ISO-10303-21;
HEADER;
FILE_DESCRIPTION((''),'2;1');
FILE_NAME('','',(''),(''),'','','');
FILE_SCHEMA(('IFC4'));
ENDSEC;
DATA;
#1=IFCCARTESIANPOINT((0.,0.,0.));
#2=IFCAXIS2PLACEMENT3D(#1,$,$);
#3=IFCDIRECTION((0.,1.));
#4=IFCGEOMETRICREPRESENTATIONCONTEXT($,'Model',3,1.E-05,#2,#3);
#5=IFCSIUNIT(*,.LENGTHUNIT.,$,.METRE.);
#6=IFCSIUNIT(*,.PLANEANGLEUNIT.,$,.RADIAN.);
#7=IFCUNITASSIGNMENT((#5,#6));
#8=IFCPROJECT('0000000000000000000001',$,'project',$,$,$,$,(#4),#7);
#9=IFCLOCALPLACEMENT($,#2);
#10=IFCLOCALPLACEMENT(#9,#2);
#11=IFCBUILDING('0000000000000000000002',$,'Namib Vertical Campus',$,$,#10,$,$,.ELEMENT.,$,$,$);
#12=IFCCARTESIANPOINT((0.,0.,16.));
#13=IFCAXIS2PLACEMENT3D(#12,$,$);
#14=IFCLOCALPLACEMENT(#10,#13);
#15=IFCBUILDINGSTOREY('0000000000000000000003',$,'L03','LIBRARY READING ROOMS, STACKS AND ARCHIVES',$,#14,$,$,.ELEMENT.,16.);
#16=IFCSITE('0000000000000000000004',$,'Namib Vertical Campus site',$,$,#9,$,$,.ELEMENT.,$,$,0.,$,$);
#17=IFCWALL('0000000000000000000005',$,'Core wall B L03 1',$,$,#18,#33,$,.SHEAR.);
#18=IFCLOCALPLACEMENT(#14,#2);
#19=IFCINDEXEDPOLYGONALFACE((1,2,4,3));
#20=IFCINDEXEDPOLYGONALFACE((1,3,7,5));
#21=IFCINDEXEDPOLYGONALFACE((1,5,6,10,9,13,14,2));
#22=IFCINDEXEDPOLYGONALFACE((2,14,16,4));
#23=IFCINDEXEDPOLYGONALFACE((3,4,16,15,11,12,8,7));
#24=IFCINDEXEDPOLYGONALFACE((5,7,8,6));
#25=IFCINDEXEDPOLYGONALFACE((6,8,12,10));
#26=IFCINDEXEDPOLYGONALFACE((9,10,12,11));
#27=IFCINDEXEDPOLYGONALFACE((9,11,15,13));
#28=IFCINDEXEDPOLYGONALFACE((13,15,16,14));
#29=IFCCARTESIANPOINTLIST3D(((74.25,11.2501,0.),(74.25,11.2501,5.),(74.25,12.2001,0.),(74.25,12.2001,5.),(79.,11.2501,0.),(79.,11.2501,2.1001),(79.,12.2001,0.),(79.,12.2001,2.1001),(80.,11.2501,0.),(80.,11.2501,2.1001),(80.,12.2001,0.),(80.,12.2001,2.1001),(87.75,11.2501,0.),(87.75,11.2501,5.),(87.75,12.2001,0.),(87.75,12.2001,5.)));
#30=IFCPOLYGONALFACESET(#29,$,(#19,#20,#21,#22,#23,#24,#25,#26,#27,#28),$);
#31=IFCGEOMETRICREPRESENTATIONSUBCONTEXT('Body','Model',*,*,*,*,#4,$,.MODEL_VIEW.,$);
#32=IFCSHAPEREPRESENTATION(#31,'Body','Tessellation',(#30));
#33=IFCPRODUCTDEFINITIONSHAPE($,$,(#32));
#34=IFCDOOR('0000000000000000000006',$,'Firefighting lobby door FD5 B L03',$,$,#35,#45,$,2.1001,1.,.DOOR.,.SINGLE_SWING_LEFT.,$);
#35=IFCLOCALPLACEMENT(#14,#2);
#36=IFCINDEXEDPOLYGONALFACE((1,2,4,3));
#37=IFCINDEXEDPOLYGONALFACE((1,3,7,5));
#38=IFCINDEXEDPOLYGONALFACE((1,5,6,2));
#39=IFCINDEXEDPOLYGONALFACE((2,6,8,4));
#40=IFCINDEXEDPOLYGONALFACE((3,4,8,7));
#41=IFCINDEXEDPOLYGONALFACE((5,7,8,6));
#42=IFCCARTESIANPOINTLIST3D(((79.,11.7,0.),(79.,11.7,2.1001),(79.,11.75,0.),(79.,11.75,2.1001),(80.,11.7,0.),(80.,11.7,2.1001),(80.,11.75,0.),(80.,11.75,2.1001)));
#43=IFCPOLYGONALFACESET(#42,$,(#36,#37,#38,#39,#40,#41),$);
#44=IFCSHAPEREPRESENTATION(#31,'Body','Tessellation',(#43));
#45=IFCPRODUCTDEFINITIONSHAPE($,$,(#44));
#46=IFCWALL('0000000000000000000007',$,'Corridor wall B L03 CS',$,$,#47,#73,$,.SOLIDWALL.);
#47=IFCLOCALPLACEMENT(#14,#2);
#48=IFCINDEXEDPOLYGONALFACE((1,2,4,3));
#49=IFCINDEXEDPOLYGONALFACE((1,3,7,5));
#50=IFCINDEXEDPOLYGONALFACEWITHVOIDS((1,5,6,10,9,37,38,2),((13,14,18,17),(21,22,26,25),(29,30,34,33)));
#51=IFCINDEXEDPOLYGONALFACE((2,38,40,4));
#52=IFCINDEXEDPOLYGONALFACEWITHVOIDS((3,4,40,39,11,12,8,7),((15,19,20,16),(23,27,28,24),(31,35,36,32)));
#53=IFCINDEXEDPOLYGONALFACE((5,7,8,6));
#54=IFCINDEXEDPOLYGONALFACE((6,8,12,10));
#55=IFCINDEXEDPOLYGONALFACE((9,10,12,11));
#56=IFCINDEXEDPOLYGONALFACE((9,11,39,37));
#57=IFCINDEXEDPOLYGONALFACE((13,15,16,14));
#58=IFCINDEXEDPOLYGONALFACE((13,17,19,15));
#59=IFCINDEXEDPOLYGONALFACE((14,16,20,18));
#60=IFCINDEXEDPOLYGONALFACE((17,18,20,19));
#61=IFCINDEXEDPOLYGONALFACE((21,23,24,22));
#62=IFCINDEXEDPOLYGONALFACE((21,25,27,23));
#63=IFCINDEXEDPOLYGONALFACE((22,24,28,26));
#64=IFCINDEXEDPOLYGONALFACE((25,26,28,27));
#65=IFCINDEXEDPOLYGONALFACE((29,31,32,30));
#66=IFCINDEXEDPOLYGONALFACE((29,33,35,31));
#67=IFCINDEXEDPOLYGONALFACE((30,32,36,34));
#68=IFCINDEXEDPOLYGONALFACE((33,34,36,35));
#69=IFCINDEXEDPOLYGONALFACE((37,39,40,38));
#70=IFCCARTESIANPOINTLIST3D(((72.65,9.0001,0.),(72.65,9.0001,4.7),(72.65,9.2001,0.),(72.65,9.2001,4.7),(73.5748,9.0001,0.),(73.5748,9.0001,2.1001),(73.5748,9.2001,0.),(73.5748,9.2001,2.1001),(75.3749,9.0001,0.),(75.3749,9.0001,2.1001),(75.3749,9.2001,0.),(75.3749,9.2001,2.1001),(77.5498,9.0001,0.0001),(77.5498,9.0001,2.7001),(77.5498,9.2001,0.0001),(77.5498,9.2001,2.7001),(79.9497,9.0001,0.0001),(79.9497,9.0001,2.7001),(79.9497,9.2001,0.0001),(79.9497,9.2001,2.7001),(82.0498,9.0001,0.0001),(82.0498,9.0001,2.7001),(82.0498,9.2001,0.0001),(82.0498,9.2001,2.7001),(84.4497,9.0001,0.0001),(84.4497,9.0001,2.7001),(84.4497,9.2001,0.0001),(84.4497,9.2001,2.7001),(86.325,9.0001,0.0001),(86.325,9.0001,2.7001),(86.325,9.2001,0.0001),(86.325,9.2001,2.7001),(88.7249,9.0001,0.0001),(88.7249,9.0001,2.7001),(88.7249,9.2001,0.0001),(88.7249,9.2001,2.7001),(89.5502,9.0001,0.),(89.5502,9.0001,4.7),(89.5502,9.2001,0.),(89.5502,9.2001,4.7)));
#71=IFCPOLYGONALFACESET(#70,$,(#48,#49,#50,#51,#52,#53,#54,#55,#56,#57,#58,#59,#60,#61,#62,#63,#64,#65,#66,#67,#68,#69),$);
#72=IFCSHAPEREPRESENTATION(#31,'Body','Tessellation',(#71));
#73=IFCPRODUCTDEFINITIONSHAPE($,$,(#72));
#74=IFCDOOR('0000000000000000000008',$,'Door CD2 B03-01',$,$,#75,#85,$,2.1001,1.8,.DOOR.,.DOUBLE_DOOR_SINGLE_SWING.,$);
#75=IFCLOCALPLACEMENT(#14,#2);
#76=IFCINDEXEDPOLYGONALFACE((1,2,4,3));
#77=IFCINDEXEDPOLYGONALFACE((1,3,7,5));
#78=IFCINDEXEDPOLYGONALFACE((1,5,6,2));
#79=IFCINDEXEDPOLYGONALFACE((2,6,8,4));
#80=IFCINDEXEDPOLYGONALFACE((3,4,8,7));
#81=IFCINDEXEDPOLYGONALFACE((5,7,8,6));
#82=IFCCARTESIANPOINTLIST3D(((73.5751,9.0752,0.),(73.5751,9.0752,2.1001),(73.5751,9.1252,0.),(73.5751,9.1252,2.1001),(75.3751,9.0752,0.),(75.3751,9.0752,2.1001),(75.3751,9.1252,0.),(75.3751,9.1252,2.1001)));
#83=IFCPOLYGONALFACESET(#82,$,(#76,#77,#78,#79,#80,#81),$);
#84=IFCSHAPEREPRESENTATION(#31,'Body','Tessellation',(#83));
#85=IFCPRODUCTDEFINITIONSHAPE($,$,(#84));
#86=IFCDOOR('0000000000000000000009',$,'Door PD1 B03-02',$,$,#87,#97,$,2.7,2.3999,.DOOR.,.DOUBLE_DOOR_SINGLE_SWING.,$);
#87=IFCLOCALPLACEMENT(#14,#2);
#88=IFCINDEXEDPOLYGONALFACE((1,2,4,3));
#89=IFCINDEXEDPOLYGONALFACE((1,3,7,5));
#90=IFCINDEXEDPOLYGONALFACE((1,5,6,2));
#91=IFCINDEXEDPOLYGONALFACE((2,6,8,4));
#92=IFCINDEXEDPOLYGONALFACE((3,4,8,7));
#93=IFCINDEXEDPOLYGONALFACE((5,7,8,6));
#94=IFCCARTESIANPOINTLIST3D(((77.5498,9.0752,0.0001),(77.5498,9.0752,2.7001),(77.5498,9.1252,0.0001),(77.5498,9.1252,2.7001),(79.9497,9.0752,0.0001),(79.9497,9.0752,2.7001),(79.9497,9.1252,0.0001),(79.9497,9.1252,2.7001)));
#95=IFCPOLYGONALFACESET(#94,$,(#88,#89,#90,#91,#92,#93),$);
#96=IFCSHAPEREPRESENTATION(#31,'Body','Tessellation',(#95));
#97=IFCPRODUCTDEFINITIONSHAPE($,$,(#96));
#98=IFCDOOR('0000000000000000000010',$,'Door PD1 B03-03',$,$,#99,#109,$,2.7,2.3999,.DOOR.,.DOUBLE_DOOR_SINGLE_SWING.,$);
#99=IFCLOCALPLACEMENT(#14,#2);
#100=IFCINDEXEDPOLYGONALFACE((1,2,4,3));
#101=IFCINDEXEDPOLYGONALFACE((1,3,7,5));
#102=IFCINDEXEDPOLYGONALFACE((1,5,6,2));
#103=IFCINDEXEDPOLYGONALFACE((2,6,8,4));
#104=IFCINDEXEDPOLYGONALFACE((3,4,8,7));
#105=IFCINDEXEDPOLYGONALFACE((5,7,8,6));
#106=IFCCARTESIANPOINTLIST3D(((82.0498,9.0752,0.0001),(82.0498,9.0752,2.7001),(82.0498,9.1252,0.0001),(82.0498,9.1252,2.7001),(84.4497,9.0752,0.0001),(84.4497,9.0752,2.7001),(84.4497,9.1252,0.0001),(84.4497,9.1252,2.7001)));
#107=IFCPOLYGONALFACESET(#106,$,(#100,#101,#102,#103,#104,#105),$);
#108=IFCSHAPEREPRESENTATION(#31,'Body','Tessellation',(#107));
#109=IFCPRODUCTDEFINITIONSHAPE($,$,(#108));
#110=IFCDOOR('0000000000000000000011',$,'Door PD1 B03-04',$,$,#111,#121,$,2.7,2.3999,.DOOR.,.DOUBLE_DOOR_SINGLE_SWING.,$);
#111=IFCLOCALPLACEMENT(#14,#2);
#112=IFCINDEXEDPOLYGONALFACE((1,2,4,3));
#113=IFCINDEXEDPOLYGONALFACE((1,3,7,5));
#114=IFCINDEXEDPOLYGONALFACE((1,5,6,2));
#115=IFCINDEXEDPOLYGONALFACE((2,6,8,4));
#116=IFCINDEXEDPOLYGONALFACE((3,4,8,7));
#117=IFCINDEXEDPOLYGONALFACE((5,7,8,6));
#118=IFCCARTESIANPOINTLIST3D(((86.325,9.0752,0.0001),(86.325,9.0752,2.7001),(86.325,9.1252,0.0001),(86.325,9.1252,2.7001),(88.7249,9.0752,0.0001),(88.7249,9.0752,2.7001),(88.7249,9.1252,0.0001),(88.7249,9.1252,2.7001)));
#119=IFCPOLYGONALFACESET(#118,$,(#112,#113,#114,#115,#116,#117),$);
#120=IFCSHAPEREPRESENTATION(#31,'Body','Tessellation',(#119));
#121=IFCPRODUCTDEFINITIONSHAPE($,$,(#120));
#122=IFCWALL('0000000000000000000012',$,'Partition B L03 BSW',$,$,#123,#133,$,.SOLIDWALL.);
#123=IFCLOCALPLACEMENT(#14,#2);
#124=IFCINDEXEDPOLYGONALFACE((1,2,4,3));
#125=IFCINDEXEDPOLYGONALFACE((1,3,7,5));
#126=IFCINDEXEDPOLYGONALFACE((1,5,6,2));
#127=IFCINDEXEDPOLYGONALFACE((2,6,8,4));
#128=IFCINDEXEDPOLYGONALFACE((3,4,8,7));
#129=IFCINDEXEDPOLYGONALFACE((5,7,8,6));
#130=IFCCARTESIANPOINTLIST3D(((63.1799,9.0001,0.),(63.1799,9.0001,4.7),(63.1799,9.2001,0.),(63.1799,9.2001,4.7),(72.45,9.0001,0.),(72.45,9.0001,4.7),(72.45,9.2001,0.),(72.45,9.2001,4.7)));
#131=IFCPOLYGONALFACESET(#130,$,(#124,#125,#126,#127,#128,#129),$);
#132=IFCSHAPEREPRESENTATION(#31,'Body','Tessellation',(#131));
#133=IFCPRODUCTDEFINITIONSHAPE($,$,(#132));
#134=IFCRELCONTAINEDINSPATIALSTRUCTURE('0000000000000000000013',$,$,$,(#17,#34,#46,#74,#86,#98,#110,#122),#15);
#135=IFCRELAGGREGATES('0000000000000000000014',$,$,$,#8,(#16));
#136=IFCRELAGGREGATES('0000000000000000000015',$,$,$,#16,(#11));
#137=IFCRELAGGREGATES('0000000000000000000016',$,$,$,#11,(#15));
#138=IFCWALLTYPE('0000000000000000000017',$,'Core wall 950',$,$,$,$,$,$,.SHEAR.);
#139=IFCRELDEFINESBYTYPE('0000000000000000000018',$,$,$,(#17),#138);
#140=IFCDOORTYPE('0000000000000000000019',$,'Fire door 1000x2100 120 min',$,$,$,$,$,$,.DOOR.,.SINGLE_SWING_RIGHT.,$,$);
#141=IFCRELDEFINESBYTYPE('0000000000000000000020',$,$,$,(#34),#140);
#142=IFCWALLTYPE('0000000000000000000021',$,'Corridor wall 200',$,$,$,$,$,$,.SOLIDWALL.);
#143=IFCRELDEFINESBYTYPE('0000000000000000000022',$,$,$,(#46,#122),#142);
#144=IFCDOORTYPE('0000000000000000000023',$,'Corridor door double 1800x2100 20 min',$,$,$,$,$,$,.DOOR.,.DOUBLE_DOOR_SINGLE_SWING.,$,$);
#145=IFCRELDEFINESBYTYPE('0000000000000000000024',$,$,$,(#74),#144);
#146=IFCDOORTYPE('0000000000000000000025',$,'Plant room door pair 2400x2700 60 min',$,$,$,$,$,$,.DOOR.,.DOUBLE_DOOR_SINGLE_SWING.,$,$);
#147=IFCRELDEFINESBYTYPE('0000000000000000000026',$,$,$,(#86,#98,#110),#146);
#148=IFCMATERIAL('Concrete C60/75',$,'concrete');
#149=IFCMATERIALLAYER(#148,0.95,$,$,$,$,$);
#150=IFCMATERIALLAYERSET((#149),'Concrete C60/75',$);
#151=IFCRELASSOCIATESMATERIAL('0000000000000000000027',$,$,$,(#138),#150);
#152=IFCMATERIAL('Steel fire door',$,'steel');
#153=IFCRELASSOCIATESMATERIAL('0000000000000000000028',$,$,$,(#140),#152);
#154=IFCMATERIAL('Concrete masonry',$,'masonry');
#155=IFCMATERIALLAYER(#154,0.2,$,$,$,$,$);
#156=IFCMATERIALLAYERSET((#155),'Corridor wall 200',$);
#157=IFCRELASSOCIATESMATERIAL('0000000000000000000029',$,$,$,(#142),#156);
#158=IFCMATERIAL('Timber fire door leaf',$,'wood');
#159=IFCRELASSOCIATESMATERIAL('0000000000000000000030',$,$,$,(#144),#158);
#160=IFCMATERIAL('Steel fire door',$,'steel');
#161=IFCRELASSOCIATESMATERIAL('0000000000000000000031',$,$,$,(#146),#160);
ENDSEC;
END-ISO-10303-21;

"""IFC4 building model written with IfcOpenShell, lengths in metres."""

from ifc_helpers import new_model, si_unit, direction, frame, frame_2d, origin, place, context, subcontext, project, spatial, rectangle, extrude, material, layer, layer_set, type_object, element, fill, save


model = new_model("IFC4")

# Units and contexts
model_context = context("Model", 3, precision=1e-05, world=origin(), true_north=direction((0.0, 1.0)))
body_context = subcontext(model_context, "Body", "Model", "MODEL_VIEW")
ifc_project = project(units=[si_unit("LENGTHUNIT", "METRE"), si_unit("PLANEANGLEUNIT", "RADIAN")], contexts=[model_context])

# Site, building, storey
site_placement = place(None, origin())
site = spatial("IfcSite", under=ifc_project, at=site_placement, Name="Namib Vertical Campus site", CompositionType="ELEMENT", RefElevation=0.0)
building_placement = place(site_placement, origin())
building = spatial("IfcBuilding", under=site, at=building_placement, Name="Namib Vertical Campus", CompositionType="ELEMENT")
storey_placement = place(building_placement, frame((0.0, 0.0, 16.0)))
storey = spatial("IfcBuildingStorey", under=building, at=storey_placement, Name="L03", Description="LIBRARY READING ROOMS, STACKS AND ARCHIVES", CompositionType="ELEMENT", Elevation=16.0)

# Wall, opening, door
ifc_material_1 = material(Name="Concrete C60/75", Category="concrete")
ifc_layer_1 = layer(ifc_material_1, 0.95)
ifc_layer_set_1 = layer_set([ifc_layer_1], Name="Concrete C60/75")
wall_type_1 = type_object("IfcWallType", Name="Core wall 950", PredefinedType="SHEAR", material=ifc_layer_set_1)
wall_1_placement = place(storey_placement, frame((74.25, 11.7251, 0.0), z_axis=(0.0, 0.0, 1.0), x_axis=(1.0, 0.0, 0.0)))
wall_1 = element("IfcWall", 1, at=wall_1_placement, inside=storey, type_object=wall_type_1, Name="Core wall B L03 1", PredefinedType="SHEAR", context=body_context, shape_type="SweptSolid", body=[
    extrude(rectangle(XDim=13.5, YDim=0.95, at=frame_2d((6.75, 0.0))), origin(), (0.0, 0.0, 1.0), 5.0),
])
opening_1_placement = place(wall_1_placement, frame((4.75, 0.0, 0.0)))
opening_1 = element("IfcOpeningElement", 2, at=opening_1_placement, cuts=wall_1, PredefinedType="OPENING", context=body_context, shape_type="SweptSolid", body=[
    extrude(rectangle(XDim=1.0, YDim=2.1001, at=frame_2d((0.5, 1.05))), frame((0.0, 0.4849, 0.0), z_axis=(0.0, -1.0, 0.0), x_axis=(1.0, 0.0, 0.0)), (0.0, 0.0, 1.0), 0.97),
])
ifc_material_2 = material(Name="Steel fire door", Category="steel")
door_type_1 = type_object("IfcDoorType", Name="Fire door 1000x2100 120 min", OperationType="SINGLE_SWING_RIGHT", PredefinedType="DOOR", material=ifc_material_2)
door_1_placement = place(opening_1_placement, origin())
door_1 = element("IfcDoor", 3, at=door_1_placement, inside=storey, type_object=door_type_1, Name="Firefighting lobby door FD5 B L03", OperationType="SINGLE_SWING_LEFT", OverallHeight=2.1001, OverallWidth=1.0, PredefinedType="DOOR", context=body_context, shape_type="SweptSolid", body=[
    extrude(rectangle(XDim=1.0, YDim=2.1001, at=frame_2d((0.5, 1.05))), frame((0.0, 0.0249, 0.0), z_axis=(0.0, -1.0, 0.0), x_axis=(1.0, 0.0, 0.0)), (0.0, 0.0, 1.0), 0.05),
])
fill(opening_1, door_1)

# Wall, openings, doors
ifc_material_3 = material(Name="Concrete masonry", Category="masonry")
ifc_layer_2 = layer(ifc_material_3, 0.2)
ifc_layer_set_2 = layer_set([ifc_layer_2], Name="Corridor wall 200")
wall_type_2 = type_object("IfcWallType", Name="Corridor wall 200", PredefinedType="SOLIDWALL", material=ifc_layer_set_2)
wall_2_placement = place(storey_placement, frame((72.6499, 9.1001, 0.0), z_axis=(0.0, 0.0, 1.0), x_axis=(1.0, 0.0, 0.0)))
wall_2 = element("IfcWall", 4, at=wall_2_placement, inside=storey, type_object=wall_type_2, Name="Corridor wall B L03 CS", PredefinedType="SOLIDWALL", context=body_context, shape_type="SweptSolid", body=[
    extrude(rectangle(XDim=16.9001, YDim=0.2, at=frame_2d((8.4502, 0.0))), origin(), (0.0, 0.0, 1.0), 4.7),
])
opening_2_placement = place(wall_2_placement, frame((0.925, 0.0, 0.0)))
opening_2 = element("IfcOpeningElement", 5, at=opening_2_placement, cuts=wall_2, PredefinedType="OPENING", context=body_context, shape_type="SweptSolid", body=[
    extrude(rectangle(XDim=1.8, YDim=2.1001, at=frame_2d((0.8999, 1.05))), frame((0.0, 0.1099, 0.0), z_axis=(0.0, -1.0, 0.0), x_axis=(1.0, 0.0, 0.0)), (0.0, 0.0, 1.0), 0.22),
])
opening_3_placement = place(wall_2_placement, frame((4.8999, 0.0, 0.0)))
opening_3 = element("IfcOpeningElement", 6, at=opening_3_placement, cuts=wall_2, PredefinedType="OPENING", context=body_context, shape_type="SweptSolid", body=[
    extrude(rectangle(XDim=2.3999, YDim=2.7, at=frame_2d((1.2, 1.3501))), frame((0.0, 0.1099, 0.0), z_axis=(0.0, -1.0, 0.0), x_axis=(1.0, 0.0, 0.0)), (0.0, 0.0, 1.0), 0.22),
])
opening_4_placement = place(wall_2_placement, frame((9.3999, 0.0, 0.0)))
opening_4 = element("IfcOpeningElement", 7, at=opening_4_placement, cuts=wall_2, PredefinedType="OPENING", context=body_context, shape_type="SweptSolid", body=[
    extrude(rectangle(XDim=2.3999, YDim=2.7, at=frame_2d((1.2, 1.3501))), frame((0.0, 0.1099, 0.0), z_axis=(0.0, -1.0, 0.0), x_axis=(1.0, 0.0, 0.0)), (0.0, 0.0, 1.0), 0.22),
])
opening_5_placement = place(wall_2_placement, frame((13.675, 0.0, 0.0)))
opening_5 = element("IfcOpeningElement", 8, at=opening_5_placement, cuts=wall_2, PredefinedType="OPENING", context=body_context, shape_type="SweptSolid", body=[
    extrude(rectangle(XDim=2.3999, YDim=2.7, at=frame_2d((1.2, 1.3501))), frame((0.0, 0.1099, 0.0), z_axis=(0.0, -1.0, 0.0), x_axis=(1.0, 0.0, 0.0)), (0.0, 0.0, 1.0), 0.22),
])
ifc_material_4 = material(Name="Timber fire door leaf", Category="wood")
door_type_2 = type_object("IfcDoorType", Name="Corridor door double 1800x2100 20 min", OperationType="DOUBLE_DOOR_SINGLE_SWING", PredefinedType="DOOR", material=ifc_material_4)
door_2_placement = place(opening_2_placement, frame((1.8, 0.0, 0.0), z_axis=(0.0, 0.0, 1.0), x_axis=(-1.0, 0.0, 0.0)))
door_2 = element("IfcDoor", 9, at=door_2_placement, inside=storey, type_object=door_type_2, Name="Door CD2 B03-01", OperationType="DOUBLE_DOOR_SINGLE_SWING", OverallHeight=2.1001, OverallWidth=1.8, PredefinedType="DOOR", context=body_context, shape_type="SweptSolid", body=[
    extrude(rectangle(XDim=1.8, YDim=2.1001, at=frame_2d((0.8999, 1.05))), frame((0.0, 0.0249, 0.0), z_axis=(0.0, -1.0, 0.0), x_axis=(1.0, 0.0, 0.0)), (0.0, 0.0, 1.0), 0.05),
])
fill(opening_2, door_2)
ifc_material_5 = material(Name="Steel fire door", Category="steel")
door_type_3 = type_object("IfcDoorType", Name="Plant room door pair 2400x2700 60 min", OperationType="DOUBLE_DOOR_SINGLE_SWING", PredefinedType="DOOR", material=ifc_material_5)
door_3_placement = place(opening_3_placement, frame((2.3999, 0.0, 0.0), z_axis=(0.0, 0.0, 1.0), x_axis=(-1.0, 0.0, 0.0)))
door_3 = element("IfcDoor", 10, at=door_3_placement, inside=storey, type_object=door_type_3, Name="Door PD1 B03-02", OperationType="DOUBLE_DOOR_SINGLE_SWING", OverallHeight=2.7, OverallWidth=2.3999, PredefinedType="DOOR", context=body_context, shape_type="SweptSolid", body=[
    extrude(rectangle(XDim=2.3999, YDim=2.7, at=frame_2d((1.2, 1.3501))), frame((0.0, 0.0249, 0.0), z_axis=(0.0, -1.0, 0.0), x_axis=(1.0, 0.0, 0.0)), (0.0, 0.0, 1.0), 0.05),
])
fill(opening_3, door_3)
door_4_placement = place(opening_4_placement, frame((2.3999, 0.0, 0.0), z_axis=(0.0, 0.0, 1.0), x_axis=(-1.0, 0.0, 0.0)))
door_4 = element("IfcDoor", 11, at=door_4_placement, inside=storey, type_object=door_type_3, Name="Door PD1 B03-03", OperationType="DOUBLE_DOOR_SINGLE_SWING", OverallHeight=2.7, OverallWidth=2.3999, PredefinedType="DOOR", context=body_context, shape_type="SweptSolid", body=[
    extrude(rectangle(XDim=2.3999, YDim=2.7, at=frame_2d((1.2, 1.3501))), frame((0.0, 0.0249, 0.0), z_axis=(0.0, -1.0, 0.0), x_axis=(1.0, 0.0, 0.0)), (0.0, 0.0, 1.0), 0.05),
])
fill(opening_4, door_4)
door_5_placement = place(opening_5_placement, frame((2.3999, 0.0, 0.0), z_axis=(0.0, 0.0, 1.0), x_axis=(-1.0, 0.0, 0.0)))
door_5 = element("IfcDoor", 12, at=door_5_placement, inside=storey, type_object=door_type_3, Name="Door PD1 B03-04", OperationType="DOUBLE_DOOR_SINGLE_SWING", OverallHeight=2.7, OverallWidth=2.3999, PredefinedType="DOOR", context=body_context, shape_type="SweptSolid", body=[
    extrude(rectangle(XDim=2.3999, YDim=2.7, at=frame_2d((1.2, 1.3501))), frame((0.0, 0.0249, 0.0), z_axis=(0.0, -1.0, 0.0), x_axis=(1.0, 0.0, 0.0)), (0.0, 0.0, 1.0), 0.05),
])
fill(opening_5, door_5)

# Wall
wall_3_placement = place(storey_placement, frame((63.1799, 9.1001, 0.0), z_axis=(0.0, 0.0, 1.0), x_axis=(1.0, 0.0, 0.0)))
element("IfcWall", 13, at=wall_3_placement, inside=storey, type_object=wall_type_2, Name="Partition B L03 BSW", PredefinedType="SOLIDWALL", context=body_context, shape_type="SweptSolid", body=[
    extrude(rectangle(XDim=9.27, YDim=0.2, at=frame_2d((4.635, 0.0))), origin(), (0.0, 0.0, 1.0), 4.7),
])

save(model, "model.ifc")
